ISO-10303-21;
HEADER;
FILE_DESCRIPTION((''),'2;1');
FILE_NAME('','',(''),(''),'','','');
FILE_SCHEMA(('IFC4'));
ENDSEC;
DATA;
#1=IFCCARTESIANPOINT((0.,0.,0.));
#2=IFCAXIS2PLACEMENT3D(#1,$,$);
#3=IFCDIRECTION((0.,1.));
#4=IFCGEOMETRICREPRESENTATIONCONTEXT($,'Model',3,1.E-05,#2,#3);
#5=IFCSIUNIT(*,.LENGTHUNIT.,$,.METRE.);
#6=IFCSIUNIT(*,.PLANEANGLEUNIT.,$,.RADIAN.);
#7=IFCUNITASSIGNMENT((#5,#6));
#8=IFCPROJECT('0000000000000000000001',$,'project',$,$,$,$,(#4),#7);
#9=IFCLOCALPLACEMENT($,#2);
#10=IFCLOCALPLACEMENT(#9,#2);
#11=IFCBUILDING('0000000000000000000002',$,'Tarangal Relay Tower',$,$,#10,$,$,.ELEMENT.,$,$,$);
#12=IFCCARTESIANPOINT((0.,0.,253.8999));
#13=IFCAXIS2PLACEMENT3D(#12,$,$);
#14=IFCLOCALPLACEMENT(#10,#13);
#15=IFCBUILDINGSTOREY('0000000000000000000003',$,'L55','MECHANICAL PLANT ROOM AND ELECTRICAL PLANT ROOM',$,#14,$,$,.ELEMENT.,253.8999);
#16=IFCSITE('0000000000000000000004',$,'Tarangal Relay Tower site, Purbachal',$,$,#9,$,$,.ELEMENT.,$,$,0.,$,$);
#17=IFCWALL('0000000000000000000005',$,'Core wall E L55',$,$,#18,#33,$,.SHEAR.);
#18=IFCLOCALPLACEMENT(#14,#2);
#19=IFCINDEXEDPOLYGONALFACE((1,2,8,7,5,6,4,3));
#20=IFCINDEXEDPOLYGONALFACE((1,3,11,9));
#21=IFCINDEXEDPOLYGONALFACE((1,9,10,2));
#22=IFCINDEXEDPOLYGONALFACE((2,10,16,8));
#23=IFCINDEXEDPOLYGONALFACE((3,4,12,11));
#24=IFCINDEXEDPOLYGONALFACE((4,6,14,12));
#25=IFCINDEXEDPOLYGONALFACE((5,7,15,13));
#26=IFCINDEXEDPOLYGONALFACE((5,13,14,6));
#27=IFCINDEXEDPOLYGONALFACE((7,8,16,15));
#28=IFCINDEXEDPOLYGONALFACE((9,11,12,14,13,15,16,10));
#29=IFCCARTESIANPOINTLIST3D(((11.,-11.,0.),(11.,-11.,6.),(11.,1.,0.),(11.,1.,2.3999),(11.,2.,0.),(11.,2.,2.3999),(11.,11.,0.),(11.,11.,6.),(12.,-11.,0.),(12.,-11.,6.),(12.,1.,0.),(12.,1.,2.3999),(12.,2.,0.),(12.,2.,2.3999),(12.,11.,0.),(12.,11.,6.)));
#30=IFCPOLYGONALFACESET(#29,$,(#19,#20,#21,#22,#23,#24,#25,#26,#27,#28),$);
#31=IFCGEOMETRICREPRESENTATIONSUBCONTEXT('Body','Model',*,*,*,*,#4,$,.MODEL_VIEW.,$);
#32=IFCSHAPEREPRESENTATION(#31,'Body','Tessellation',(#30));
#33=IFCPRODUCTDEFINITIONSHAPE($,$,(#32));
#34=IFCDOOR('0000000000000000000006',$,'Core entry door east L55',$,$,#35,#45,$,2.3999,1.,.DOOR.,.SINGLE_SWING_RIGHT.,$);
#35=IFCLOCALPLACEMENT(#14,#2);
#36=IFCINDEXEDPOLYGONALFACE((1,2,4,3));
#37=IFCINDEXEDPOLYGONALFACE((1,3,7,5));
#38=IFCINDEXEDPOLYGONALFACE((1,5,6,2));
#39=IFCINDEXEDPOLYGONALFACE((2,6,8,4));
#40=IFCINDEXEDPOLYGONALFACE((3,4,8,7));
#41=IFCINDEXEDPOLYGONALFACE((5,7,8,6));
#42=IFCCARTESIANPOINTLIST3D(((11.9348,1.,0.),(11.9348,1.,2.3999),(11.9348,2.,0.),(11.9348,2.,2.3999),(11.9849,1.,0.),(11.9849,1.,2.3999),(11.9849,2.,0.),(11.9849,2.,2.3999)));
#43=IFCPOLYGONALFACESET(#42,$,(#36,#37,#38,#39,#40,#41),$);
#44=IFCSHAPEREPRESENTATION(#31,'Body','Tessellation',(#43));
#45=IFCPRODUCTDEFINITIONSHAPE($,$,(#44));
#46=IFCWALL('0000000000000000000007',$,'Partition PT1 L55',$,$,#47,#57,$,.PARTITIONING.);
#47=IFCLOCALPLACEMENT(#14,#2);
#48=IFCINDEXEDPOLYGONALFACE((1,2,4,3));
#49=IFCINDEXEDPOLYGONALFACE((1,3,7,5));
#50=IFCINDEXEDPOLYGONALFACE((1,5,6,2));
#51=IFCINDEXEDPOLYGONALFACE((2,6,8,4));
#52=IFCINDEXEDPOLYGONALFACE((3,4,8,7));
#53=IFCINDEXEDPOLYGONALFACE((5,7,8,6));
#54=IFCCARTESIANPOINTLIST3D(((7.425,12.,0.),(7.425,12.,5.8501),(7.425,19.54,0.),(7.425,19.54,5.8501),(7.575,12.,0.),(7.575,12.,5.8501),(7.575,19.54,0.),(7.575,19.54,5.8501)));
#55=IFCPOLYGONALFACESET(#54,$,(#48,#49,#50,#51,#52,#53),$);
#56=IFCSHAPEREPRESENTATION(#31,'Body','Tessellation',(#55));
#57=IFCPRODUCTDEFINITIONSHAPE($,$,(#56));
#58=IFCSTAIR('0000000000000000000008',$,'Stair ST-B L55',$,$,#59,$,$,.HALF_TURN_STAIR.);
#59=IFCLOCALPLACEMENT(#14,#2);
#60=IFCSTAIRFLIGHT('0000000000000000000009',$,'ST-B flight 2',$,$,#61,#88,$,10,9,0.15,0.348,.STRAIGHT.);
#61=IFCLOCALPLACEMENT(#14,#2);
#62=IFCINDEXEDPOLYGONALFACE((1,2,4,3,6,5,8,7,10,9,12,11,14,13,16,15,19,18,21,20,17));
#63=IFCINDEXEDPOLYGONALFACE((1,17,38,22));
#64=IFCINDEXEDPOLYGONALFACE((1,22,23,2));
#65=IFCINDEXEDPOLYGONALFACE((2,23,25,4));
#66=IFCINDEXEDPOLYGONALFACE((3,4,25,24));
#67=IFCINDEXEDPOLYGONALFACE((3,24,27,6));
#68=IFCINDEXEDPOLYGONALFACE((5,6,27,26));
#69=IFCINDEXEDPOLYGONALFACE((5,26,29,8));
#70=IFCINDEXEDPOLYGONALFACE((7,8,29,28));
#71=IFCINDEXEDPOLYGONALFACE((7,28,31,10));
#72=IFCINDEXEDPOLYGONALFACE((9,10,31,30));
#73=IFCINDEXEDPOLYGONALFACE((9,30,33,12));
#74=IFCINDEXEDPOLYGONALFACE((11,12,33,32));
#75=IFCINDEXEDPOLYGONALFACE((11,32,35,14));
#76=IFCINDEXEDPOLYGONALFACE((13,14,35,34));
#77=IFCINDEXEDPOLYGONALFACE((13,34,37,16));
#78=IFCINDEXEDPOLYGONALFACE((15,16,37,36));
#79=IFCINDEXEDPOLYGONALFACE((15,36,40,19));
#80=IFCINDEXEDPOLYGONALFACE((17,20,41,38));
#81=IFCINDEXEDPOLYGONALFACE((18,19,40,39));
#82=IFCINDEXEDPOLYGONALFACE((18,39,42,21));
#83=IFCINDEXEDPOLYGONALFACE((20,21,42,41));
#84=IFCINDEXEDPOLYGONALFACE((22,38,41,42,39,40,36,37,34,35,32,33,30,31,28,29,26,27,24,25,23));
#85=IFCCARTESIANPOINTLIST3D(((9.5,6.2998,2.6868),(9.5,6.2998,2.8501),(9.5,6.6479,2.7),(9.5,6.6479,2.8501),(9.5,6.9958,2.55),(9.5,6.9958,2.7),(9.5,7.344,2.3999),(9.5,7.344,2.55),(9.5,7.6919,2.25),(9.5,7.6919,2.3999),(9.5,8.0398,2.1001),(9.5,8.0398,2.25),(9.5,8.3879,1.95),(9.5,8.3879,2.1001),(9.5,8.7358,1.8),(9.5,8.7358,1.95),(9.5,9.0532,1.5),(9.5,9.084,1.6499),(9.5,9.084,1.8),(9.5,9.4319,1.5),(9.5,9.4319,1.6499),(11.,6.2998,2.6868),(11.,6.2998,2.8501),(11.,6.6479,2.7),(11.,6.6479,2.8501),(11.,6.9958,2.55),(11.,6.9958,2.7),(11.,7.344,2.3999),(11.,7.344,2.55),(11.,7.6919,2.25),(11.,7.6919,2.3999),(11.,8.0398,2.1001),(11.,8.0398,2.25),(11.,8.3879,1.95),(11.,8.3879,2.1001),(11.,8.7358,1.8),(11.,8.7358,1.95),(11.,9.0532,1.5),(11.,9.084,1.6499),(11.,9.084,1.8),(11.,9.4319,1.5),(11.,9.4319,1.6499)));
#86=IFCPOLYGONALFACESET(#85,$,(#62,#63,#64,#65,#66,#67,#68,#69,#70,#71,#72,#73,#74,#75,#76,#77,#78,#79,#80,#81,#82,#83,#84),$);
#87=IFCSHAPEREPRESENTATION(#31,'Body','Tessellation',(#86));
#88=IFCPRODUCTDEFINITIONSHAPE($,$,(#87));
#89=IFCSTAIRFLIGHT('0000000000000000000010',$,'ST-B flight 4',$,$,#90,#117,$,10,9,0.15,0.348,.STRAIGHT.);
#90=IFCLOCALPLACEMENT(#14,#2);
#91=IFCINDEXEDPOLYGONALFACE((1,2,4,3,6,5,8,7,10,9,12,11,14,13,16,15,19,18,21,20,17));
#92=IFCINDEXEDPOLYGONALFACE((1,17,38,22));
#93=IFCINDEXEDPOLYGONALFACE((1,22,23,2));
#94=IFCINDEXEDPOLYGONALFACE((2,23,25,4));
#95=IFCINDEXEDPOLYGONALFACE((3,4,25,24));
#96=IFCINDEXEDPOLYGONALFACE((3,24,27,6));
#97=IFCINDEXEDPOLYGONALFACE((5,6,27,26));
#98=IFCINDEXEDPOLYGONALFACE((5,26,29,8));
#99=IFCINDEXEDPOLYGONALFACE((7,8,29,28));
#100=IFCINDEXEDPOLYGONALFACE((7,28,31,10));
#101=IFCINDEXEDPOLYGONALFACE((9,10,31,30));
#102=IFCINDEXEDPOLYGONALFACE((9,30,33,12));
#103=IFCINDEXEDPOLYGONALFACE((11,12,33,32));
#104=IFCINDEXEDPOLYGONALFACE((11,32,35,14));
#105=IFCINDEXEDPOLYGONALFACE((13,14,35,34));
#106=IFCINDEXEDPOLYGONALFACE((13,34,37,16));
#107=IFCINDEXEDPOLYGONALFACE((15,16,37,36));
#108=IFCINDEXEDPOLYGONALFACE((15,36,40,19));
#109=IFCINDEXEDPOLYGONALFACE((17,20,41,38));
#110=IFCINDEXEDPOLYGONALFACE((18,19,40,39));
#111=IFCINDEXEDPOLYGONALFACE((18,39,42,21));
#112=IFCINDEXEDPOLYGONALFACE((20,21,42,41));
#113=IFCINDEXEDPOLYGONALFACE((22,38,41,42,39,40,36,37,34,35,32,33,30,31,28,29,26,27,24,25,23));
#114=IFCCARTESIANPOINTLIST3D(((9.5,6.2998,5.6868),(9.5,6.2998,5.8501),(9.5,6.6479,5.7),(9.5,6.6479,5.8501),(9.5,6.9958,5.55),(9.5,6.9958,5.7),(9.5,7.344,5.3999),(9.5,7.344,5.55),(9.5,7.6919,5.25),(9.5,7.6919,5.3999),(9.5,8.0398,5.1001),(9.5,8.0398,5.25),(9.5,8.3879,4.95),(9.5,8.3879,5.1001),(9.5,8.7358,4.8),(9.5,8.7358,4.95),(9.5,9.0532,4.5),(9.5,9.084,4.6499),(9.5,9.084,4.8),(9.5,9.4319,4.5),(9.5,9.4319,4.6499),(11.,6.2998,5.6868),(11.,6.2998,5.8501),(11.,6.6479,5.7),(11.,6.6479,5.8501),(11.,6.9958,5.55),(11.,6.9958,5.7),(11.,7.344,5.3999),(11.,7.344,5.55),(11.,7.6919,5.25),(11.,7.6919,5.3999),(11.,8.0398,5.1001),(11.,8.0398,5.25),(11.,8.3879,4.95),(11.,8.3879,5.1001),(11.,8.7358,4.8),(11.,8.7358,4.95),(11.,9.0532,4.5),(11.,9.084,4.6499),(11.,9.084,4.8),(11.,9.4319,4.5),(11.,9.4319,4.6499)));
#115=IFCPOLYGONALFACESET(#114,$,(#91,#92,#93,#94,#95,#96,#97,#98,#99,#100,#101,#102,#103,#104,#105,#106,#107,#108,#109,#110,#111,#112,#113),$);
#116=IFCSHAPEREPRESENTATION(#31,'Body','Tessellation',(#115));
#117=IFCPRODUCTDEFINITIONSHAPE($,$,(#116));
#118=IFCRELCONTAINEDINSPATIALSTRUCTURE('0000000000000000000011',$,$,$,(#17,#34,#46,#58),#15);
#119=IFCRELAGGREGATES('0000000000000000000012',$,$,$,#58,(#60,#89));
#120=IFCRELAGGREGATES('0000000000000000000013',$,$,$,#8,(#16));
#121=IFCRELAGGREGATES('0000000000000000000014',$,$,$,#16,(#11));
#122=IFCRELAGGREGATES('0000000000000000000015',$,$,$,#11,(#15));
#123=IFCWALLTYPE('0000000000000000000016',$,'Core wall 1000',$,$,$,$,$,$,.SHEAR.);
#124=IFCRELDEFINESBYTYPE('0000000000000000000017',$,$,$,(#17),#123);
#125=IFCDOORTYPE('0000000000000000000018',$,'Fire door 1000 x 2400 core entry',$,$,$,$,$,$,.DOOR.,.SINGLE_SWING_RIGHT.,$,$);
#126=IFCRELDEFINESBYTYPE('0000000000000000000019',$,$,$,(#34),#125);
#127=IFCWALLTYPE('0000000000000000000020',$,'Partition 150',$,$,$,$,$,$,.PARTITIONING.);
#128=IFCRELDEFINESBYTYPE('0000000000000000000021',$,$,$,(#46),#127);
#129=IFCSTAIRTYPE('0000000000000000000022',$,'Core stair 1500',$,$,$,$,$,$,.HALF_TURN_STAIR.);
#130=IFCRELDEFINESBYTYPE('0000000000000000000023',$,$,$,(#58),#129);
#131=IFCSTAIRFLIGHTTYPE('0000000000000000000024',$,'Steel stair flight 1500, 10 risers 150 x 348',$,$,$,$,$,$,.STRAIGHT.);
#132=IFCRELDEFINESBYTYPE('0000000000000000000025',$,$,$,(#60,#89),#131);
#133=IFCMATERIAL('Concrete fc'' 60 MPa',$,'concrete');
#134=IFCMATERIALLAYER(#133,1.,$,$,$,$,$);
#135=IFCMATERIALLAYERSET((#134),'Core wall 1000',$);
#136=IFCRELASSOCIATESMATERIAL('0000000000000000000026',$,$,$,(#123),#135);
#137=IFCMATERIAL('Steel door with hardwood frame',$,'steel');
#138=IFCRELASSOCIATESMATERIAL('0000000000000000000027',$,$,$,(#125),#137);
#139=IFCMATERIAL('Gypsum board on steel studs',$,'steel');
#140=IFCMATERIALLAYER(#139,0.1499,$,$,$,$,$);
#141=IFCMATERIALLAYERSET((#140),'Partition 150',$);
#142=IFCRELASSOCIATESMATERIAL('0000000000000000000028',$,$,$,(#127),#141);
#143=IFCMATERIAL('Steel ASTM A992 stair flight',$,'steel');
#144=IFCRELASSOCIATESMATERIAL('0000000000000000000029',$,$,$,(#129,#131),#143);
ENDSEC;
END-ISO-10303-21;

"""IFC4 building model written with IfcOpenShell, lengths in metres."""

from ifc_helpers import new_model, si_unit, direction, frame, frame_2d, origin, place, context, subcontext, project, spatial, polyline, rectangle, outline, extrude, material, layer, layer_set, type_object, element, fill, aggregate, save


model = new_model("IFC4")

# Units and contexts
model_context = context("Model", 3, precision=1e-05, world=origin(), true_north=direction((0.0, 1.0)))
body_context = subcontext(model_context, "Body", "Model", "MODEL_VIEW")
ifc_project = project(units=[si_unit("LENGTHUNIT", "METRE"), si_unit("PLANEANGLEUNIT", "RADIAN")], contexts=[model_context])

# Site, building, storey
site_placement = place(None, origin())
site = spatial("IfcSite", under=ifc_project, at=site_placement, Name="Tarangal Relay Tower site, Purbachal", CompositionType="ELEMENT", RefElevation=0.0)
building_placement = place(site_placement, origin())
building = spatial("IfcBuilding", under=site, at=building_placement, Name="Tarangal Relay Tower", CompositionType="ELEMENT")
storey_placement = place(building_placement, frame((0.0, 0.0, 253.8999)))
storey = spatial("IfcBuildingStorey", under=building, at=storey_placement, Name="L55", Description="MECHANICAL PLANT ROOM AND ELECTRICAL PLANT ROOM", CompositionType="ELEMENT", Elevation=253.8999)

# Wall, opening, door
ifc_material_1 = material(Name="Concrete fc' 60 MPa", Category="concrete")
ifc_layer_1 = layer(ifc_material_1, 1.0)
ifc_layer_set_1 = layer_set([ifc_layer_1], Name="Core wall 1000")
wall_type_1 = type_object("IfcWallType", Name="Core wall 1000", PredefinedType="SHEAR", material=ifc_layer_set_1)
wall_1_placement = place(storey_placement, frame((11.5, 11.0, 0.0), z_axis=(0.0, 0.0, 1.0), x_axis=(0.0, -1.0, 0.0)))
wall_1 = element("IfcWall", 1, at=wall_1_placement, inside=storey, type_object=wall_type_1, Name="Core wall E L55", PredefinedType="SHEAR", context=body_context, shape_type="SweptSolid", body=[
    extrude(rectangle(XDim=22.0, YDim=1.0, at=frame_2d((11.0, 0.0))), origin(), (0.0, 0.0, 1.0), 6.0),
])
opening_placement = place(wall_1_placement, frame((9.0, 0.0, 0.0)))
opening = element("IfcOpeningElement", 2, at=opening_placement, cuts=wall_1, PredefinedType="OPENING", context=body_context, shape_type="SweptSolid", body=[
    extrude(rectangle(XDim=1.0, YDim=2.3999, at=frame_2d((0.5, 1.2))), frame((0.0, 0.51, 0.0), z_axis=(0.0, -1.0, 0.0), x_axis=(1.0, 0.0, 0.0)), (0.0, 0.0, 1.0), 1.02),
])
ifc_material_2 = material(Name="Steel door with hardwood frame", Category="steel")
door_type = type_object("IfcDoorType", Name="Fire door 1000 x 2400 core entry", OperationType="SINGLE_SWING_RIGHT", PredefinedType="DOOR", material=ifc_material_2)
door_placement = place(opening_placement, origin())
door = element("IfcDoor", 3, at=door_placement, inside=storey, type_object=door_type, Name="Core entry door east L55", OperationType="SINGLE_SWING_RIGHT", OverallHeight=2.3999, OverallWidth=1.0, PredefinedType="DOOR", context=body_context, shape_type="SweptSolid", body=[
    extrude(rectangle(XDim=1.0, YDim=2.3999, at=frame_2d((0.5, 1.2))), frame((0.0, 0.4849, 0.0), z_axis=(0.0, -1.0, 0.0), x_axis=(1.0, 0.0, 0.0)), (0.0, 0.0, 1.0), 0.05),
])
fill(opening, door)

# Wall
ifc_material_3 = material(Name="Gypsum board on steel studs", Category="steel")
ifc_layer_2 = layer(ifc_material_3, 0.1499)
ifc_layer_set_2 = layer_set([ifc_layer_2], Name="Partition 150")
wall_type_2 = type_object("IfcWallType", Name="Partition 150", PredefinedType="PARTITIONING", material=ifc_layer_set_2)
wall_2_placement = place(storey_placement, frame((7.5, 12.0, 0.0), z_axis=(0.0, 0.0, 1.0), x_axis=(0.0, 1.0, 0.0)))
element("IfcWall", 4, at=wall_2_placement, inside=storey, type_object=wall_type_2, Name="Partition PT1 L55", PredefinedType="PARTITIONING", context=body_context, shape_type="SweptSolid", body=[
    extrude(rectangle(XDim=7.54, YDim=0.1499, at=frame_2d((3.77, 0.0))), origin(), (0.0, 0.0, 1.0), 5.8501),
])

# Stair, stair flights
ifc_material_4 = material(Name="Steel ASTM A992 stair flight", Category="steel")
stair_type = type_object("IfcStairType", Name="Core stair 1500", PredefinedType="HALF_TURN_STAIR", material=ifc_material_4)
stair_placement = place(storey_placement, origin())
stair = element("IfcStair", 5, at=stair_placement, inside=storey, type_object=stair_type, Name="Stair ST-B L55", PredefinedType="HALF_TURN_STAIR")
stair_flight_type = type_object("IfcStairFlightType", Name="Steel stair flight 1500, 10 risers 150 x 348", PredefinedType="STRAIGHT", material=ifc_material_4)
stair_flight_1_placement = place(storey_placement, frame((10.25, 9.4319, 1.5), z_axis=(0.0, 0.0, 1.0), x_axis=(0.0, -1.0, 0.0)))
stair_flight_1 = element("IfcStairFlight", 6, at=stair_flight_1_placement, type_object=stair_flight_type, Name="ST-B flight 2", NumberOfRisers=10, NumberOfTreads=9, PredefinedType="STRAIGHT", RiserHeight=0.15, TreadLength=0.348, context=body_context, shape_type="SweptSolid", body=[
    extrude(outline(polyline([(0.0, 0.0), (0.0, 0.1499), (0.3479, 0.1499), (0.3479, 0.3), (0.696, 0.3), (0.696, 0.45), (1.0439, 0.45), (1.0439, 0.6001), (1.3921, 0.6001), (1.3921, 0.75), (1.74, 0.75), (1.74, 0.8999), (2.0879, 0.8999), (2.0879, 1.05), (2.436, 1.05), (2.436, 1.2), (2.7839, 1.2), (2.7839, 1.3501), (3.1321, 1.3501), (3.1321, 1.5), (3.1321, 1.1868), (0.3787, 0.0), (0.0, 0.0)])), frame((0.0, 0.75, 0.0), z_axis=(0.0, -1.0, 0.0), x_axis=(1.0, 0.0, 0.0)), (0.0, 0.0, 1.0), 1.5),
])
stair_flight_2_placement = place(storey_placement, frame((10.25, 9.4319, 4.5), z_axis=(0.0, 0.0, 1.0), x_axis=(0.0, -1.0, 0.0)))
stair_flight_2 = element("IfcStairFlight", 7, at=stair_flight_2_placement, type_object=stair_flight_type, Name="ST-B flight 4", NumberOfRisers=10, NumberOfTreads=9, PredefinedType="STRAIGHT", RiserHeight=0.15, TreadLength=0.348, context=body_context, shape_type="SweptSolid", body=[
    extrude(outline(polyline([(0.0, 0.0), (0.0, 0.1499), (0.3479, 0.1499), (0.3479, 0.3), (0.696, 0.3), (0.696, 0.45), (1.0439, 0.45), (1.0439, 0.6001), (1.3921, 0.6001), (1.3921, 0.75), (1.74, 0.75), (1.74, 0.8999), (2.0879, 0.8999), (2.0879, 1.05), (2.436, 1.05), (2.436, 1.2), (2.7839, 1.2), (2.7839, 1.3501), (3.1321, 1.3501), (3.1321, 1.5), (3.1321, 1.1868), (0.3787, 0.0), (0.0, 0.0)])), frame((0.0, 0.75, 0.0), z_axis=(0.0, -1.0, 0.0), x_axis=(1.0, 0.0, 0.0)), (0.0, 0.0, 1.0), 1.5),
])
aggregate(stair, [stair_flight_1, stair_flight_2])

save(model, "model.ifc")
